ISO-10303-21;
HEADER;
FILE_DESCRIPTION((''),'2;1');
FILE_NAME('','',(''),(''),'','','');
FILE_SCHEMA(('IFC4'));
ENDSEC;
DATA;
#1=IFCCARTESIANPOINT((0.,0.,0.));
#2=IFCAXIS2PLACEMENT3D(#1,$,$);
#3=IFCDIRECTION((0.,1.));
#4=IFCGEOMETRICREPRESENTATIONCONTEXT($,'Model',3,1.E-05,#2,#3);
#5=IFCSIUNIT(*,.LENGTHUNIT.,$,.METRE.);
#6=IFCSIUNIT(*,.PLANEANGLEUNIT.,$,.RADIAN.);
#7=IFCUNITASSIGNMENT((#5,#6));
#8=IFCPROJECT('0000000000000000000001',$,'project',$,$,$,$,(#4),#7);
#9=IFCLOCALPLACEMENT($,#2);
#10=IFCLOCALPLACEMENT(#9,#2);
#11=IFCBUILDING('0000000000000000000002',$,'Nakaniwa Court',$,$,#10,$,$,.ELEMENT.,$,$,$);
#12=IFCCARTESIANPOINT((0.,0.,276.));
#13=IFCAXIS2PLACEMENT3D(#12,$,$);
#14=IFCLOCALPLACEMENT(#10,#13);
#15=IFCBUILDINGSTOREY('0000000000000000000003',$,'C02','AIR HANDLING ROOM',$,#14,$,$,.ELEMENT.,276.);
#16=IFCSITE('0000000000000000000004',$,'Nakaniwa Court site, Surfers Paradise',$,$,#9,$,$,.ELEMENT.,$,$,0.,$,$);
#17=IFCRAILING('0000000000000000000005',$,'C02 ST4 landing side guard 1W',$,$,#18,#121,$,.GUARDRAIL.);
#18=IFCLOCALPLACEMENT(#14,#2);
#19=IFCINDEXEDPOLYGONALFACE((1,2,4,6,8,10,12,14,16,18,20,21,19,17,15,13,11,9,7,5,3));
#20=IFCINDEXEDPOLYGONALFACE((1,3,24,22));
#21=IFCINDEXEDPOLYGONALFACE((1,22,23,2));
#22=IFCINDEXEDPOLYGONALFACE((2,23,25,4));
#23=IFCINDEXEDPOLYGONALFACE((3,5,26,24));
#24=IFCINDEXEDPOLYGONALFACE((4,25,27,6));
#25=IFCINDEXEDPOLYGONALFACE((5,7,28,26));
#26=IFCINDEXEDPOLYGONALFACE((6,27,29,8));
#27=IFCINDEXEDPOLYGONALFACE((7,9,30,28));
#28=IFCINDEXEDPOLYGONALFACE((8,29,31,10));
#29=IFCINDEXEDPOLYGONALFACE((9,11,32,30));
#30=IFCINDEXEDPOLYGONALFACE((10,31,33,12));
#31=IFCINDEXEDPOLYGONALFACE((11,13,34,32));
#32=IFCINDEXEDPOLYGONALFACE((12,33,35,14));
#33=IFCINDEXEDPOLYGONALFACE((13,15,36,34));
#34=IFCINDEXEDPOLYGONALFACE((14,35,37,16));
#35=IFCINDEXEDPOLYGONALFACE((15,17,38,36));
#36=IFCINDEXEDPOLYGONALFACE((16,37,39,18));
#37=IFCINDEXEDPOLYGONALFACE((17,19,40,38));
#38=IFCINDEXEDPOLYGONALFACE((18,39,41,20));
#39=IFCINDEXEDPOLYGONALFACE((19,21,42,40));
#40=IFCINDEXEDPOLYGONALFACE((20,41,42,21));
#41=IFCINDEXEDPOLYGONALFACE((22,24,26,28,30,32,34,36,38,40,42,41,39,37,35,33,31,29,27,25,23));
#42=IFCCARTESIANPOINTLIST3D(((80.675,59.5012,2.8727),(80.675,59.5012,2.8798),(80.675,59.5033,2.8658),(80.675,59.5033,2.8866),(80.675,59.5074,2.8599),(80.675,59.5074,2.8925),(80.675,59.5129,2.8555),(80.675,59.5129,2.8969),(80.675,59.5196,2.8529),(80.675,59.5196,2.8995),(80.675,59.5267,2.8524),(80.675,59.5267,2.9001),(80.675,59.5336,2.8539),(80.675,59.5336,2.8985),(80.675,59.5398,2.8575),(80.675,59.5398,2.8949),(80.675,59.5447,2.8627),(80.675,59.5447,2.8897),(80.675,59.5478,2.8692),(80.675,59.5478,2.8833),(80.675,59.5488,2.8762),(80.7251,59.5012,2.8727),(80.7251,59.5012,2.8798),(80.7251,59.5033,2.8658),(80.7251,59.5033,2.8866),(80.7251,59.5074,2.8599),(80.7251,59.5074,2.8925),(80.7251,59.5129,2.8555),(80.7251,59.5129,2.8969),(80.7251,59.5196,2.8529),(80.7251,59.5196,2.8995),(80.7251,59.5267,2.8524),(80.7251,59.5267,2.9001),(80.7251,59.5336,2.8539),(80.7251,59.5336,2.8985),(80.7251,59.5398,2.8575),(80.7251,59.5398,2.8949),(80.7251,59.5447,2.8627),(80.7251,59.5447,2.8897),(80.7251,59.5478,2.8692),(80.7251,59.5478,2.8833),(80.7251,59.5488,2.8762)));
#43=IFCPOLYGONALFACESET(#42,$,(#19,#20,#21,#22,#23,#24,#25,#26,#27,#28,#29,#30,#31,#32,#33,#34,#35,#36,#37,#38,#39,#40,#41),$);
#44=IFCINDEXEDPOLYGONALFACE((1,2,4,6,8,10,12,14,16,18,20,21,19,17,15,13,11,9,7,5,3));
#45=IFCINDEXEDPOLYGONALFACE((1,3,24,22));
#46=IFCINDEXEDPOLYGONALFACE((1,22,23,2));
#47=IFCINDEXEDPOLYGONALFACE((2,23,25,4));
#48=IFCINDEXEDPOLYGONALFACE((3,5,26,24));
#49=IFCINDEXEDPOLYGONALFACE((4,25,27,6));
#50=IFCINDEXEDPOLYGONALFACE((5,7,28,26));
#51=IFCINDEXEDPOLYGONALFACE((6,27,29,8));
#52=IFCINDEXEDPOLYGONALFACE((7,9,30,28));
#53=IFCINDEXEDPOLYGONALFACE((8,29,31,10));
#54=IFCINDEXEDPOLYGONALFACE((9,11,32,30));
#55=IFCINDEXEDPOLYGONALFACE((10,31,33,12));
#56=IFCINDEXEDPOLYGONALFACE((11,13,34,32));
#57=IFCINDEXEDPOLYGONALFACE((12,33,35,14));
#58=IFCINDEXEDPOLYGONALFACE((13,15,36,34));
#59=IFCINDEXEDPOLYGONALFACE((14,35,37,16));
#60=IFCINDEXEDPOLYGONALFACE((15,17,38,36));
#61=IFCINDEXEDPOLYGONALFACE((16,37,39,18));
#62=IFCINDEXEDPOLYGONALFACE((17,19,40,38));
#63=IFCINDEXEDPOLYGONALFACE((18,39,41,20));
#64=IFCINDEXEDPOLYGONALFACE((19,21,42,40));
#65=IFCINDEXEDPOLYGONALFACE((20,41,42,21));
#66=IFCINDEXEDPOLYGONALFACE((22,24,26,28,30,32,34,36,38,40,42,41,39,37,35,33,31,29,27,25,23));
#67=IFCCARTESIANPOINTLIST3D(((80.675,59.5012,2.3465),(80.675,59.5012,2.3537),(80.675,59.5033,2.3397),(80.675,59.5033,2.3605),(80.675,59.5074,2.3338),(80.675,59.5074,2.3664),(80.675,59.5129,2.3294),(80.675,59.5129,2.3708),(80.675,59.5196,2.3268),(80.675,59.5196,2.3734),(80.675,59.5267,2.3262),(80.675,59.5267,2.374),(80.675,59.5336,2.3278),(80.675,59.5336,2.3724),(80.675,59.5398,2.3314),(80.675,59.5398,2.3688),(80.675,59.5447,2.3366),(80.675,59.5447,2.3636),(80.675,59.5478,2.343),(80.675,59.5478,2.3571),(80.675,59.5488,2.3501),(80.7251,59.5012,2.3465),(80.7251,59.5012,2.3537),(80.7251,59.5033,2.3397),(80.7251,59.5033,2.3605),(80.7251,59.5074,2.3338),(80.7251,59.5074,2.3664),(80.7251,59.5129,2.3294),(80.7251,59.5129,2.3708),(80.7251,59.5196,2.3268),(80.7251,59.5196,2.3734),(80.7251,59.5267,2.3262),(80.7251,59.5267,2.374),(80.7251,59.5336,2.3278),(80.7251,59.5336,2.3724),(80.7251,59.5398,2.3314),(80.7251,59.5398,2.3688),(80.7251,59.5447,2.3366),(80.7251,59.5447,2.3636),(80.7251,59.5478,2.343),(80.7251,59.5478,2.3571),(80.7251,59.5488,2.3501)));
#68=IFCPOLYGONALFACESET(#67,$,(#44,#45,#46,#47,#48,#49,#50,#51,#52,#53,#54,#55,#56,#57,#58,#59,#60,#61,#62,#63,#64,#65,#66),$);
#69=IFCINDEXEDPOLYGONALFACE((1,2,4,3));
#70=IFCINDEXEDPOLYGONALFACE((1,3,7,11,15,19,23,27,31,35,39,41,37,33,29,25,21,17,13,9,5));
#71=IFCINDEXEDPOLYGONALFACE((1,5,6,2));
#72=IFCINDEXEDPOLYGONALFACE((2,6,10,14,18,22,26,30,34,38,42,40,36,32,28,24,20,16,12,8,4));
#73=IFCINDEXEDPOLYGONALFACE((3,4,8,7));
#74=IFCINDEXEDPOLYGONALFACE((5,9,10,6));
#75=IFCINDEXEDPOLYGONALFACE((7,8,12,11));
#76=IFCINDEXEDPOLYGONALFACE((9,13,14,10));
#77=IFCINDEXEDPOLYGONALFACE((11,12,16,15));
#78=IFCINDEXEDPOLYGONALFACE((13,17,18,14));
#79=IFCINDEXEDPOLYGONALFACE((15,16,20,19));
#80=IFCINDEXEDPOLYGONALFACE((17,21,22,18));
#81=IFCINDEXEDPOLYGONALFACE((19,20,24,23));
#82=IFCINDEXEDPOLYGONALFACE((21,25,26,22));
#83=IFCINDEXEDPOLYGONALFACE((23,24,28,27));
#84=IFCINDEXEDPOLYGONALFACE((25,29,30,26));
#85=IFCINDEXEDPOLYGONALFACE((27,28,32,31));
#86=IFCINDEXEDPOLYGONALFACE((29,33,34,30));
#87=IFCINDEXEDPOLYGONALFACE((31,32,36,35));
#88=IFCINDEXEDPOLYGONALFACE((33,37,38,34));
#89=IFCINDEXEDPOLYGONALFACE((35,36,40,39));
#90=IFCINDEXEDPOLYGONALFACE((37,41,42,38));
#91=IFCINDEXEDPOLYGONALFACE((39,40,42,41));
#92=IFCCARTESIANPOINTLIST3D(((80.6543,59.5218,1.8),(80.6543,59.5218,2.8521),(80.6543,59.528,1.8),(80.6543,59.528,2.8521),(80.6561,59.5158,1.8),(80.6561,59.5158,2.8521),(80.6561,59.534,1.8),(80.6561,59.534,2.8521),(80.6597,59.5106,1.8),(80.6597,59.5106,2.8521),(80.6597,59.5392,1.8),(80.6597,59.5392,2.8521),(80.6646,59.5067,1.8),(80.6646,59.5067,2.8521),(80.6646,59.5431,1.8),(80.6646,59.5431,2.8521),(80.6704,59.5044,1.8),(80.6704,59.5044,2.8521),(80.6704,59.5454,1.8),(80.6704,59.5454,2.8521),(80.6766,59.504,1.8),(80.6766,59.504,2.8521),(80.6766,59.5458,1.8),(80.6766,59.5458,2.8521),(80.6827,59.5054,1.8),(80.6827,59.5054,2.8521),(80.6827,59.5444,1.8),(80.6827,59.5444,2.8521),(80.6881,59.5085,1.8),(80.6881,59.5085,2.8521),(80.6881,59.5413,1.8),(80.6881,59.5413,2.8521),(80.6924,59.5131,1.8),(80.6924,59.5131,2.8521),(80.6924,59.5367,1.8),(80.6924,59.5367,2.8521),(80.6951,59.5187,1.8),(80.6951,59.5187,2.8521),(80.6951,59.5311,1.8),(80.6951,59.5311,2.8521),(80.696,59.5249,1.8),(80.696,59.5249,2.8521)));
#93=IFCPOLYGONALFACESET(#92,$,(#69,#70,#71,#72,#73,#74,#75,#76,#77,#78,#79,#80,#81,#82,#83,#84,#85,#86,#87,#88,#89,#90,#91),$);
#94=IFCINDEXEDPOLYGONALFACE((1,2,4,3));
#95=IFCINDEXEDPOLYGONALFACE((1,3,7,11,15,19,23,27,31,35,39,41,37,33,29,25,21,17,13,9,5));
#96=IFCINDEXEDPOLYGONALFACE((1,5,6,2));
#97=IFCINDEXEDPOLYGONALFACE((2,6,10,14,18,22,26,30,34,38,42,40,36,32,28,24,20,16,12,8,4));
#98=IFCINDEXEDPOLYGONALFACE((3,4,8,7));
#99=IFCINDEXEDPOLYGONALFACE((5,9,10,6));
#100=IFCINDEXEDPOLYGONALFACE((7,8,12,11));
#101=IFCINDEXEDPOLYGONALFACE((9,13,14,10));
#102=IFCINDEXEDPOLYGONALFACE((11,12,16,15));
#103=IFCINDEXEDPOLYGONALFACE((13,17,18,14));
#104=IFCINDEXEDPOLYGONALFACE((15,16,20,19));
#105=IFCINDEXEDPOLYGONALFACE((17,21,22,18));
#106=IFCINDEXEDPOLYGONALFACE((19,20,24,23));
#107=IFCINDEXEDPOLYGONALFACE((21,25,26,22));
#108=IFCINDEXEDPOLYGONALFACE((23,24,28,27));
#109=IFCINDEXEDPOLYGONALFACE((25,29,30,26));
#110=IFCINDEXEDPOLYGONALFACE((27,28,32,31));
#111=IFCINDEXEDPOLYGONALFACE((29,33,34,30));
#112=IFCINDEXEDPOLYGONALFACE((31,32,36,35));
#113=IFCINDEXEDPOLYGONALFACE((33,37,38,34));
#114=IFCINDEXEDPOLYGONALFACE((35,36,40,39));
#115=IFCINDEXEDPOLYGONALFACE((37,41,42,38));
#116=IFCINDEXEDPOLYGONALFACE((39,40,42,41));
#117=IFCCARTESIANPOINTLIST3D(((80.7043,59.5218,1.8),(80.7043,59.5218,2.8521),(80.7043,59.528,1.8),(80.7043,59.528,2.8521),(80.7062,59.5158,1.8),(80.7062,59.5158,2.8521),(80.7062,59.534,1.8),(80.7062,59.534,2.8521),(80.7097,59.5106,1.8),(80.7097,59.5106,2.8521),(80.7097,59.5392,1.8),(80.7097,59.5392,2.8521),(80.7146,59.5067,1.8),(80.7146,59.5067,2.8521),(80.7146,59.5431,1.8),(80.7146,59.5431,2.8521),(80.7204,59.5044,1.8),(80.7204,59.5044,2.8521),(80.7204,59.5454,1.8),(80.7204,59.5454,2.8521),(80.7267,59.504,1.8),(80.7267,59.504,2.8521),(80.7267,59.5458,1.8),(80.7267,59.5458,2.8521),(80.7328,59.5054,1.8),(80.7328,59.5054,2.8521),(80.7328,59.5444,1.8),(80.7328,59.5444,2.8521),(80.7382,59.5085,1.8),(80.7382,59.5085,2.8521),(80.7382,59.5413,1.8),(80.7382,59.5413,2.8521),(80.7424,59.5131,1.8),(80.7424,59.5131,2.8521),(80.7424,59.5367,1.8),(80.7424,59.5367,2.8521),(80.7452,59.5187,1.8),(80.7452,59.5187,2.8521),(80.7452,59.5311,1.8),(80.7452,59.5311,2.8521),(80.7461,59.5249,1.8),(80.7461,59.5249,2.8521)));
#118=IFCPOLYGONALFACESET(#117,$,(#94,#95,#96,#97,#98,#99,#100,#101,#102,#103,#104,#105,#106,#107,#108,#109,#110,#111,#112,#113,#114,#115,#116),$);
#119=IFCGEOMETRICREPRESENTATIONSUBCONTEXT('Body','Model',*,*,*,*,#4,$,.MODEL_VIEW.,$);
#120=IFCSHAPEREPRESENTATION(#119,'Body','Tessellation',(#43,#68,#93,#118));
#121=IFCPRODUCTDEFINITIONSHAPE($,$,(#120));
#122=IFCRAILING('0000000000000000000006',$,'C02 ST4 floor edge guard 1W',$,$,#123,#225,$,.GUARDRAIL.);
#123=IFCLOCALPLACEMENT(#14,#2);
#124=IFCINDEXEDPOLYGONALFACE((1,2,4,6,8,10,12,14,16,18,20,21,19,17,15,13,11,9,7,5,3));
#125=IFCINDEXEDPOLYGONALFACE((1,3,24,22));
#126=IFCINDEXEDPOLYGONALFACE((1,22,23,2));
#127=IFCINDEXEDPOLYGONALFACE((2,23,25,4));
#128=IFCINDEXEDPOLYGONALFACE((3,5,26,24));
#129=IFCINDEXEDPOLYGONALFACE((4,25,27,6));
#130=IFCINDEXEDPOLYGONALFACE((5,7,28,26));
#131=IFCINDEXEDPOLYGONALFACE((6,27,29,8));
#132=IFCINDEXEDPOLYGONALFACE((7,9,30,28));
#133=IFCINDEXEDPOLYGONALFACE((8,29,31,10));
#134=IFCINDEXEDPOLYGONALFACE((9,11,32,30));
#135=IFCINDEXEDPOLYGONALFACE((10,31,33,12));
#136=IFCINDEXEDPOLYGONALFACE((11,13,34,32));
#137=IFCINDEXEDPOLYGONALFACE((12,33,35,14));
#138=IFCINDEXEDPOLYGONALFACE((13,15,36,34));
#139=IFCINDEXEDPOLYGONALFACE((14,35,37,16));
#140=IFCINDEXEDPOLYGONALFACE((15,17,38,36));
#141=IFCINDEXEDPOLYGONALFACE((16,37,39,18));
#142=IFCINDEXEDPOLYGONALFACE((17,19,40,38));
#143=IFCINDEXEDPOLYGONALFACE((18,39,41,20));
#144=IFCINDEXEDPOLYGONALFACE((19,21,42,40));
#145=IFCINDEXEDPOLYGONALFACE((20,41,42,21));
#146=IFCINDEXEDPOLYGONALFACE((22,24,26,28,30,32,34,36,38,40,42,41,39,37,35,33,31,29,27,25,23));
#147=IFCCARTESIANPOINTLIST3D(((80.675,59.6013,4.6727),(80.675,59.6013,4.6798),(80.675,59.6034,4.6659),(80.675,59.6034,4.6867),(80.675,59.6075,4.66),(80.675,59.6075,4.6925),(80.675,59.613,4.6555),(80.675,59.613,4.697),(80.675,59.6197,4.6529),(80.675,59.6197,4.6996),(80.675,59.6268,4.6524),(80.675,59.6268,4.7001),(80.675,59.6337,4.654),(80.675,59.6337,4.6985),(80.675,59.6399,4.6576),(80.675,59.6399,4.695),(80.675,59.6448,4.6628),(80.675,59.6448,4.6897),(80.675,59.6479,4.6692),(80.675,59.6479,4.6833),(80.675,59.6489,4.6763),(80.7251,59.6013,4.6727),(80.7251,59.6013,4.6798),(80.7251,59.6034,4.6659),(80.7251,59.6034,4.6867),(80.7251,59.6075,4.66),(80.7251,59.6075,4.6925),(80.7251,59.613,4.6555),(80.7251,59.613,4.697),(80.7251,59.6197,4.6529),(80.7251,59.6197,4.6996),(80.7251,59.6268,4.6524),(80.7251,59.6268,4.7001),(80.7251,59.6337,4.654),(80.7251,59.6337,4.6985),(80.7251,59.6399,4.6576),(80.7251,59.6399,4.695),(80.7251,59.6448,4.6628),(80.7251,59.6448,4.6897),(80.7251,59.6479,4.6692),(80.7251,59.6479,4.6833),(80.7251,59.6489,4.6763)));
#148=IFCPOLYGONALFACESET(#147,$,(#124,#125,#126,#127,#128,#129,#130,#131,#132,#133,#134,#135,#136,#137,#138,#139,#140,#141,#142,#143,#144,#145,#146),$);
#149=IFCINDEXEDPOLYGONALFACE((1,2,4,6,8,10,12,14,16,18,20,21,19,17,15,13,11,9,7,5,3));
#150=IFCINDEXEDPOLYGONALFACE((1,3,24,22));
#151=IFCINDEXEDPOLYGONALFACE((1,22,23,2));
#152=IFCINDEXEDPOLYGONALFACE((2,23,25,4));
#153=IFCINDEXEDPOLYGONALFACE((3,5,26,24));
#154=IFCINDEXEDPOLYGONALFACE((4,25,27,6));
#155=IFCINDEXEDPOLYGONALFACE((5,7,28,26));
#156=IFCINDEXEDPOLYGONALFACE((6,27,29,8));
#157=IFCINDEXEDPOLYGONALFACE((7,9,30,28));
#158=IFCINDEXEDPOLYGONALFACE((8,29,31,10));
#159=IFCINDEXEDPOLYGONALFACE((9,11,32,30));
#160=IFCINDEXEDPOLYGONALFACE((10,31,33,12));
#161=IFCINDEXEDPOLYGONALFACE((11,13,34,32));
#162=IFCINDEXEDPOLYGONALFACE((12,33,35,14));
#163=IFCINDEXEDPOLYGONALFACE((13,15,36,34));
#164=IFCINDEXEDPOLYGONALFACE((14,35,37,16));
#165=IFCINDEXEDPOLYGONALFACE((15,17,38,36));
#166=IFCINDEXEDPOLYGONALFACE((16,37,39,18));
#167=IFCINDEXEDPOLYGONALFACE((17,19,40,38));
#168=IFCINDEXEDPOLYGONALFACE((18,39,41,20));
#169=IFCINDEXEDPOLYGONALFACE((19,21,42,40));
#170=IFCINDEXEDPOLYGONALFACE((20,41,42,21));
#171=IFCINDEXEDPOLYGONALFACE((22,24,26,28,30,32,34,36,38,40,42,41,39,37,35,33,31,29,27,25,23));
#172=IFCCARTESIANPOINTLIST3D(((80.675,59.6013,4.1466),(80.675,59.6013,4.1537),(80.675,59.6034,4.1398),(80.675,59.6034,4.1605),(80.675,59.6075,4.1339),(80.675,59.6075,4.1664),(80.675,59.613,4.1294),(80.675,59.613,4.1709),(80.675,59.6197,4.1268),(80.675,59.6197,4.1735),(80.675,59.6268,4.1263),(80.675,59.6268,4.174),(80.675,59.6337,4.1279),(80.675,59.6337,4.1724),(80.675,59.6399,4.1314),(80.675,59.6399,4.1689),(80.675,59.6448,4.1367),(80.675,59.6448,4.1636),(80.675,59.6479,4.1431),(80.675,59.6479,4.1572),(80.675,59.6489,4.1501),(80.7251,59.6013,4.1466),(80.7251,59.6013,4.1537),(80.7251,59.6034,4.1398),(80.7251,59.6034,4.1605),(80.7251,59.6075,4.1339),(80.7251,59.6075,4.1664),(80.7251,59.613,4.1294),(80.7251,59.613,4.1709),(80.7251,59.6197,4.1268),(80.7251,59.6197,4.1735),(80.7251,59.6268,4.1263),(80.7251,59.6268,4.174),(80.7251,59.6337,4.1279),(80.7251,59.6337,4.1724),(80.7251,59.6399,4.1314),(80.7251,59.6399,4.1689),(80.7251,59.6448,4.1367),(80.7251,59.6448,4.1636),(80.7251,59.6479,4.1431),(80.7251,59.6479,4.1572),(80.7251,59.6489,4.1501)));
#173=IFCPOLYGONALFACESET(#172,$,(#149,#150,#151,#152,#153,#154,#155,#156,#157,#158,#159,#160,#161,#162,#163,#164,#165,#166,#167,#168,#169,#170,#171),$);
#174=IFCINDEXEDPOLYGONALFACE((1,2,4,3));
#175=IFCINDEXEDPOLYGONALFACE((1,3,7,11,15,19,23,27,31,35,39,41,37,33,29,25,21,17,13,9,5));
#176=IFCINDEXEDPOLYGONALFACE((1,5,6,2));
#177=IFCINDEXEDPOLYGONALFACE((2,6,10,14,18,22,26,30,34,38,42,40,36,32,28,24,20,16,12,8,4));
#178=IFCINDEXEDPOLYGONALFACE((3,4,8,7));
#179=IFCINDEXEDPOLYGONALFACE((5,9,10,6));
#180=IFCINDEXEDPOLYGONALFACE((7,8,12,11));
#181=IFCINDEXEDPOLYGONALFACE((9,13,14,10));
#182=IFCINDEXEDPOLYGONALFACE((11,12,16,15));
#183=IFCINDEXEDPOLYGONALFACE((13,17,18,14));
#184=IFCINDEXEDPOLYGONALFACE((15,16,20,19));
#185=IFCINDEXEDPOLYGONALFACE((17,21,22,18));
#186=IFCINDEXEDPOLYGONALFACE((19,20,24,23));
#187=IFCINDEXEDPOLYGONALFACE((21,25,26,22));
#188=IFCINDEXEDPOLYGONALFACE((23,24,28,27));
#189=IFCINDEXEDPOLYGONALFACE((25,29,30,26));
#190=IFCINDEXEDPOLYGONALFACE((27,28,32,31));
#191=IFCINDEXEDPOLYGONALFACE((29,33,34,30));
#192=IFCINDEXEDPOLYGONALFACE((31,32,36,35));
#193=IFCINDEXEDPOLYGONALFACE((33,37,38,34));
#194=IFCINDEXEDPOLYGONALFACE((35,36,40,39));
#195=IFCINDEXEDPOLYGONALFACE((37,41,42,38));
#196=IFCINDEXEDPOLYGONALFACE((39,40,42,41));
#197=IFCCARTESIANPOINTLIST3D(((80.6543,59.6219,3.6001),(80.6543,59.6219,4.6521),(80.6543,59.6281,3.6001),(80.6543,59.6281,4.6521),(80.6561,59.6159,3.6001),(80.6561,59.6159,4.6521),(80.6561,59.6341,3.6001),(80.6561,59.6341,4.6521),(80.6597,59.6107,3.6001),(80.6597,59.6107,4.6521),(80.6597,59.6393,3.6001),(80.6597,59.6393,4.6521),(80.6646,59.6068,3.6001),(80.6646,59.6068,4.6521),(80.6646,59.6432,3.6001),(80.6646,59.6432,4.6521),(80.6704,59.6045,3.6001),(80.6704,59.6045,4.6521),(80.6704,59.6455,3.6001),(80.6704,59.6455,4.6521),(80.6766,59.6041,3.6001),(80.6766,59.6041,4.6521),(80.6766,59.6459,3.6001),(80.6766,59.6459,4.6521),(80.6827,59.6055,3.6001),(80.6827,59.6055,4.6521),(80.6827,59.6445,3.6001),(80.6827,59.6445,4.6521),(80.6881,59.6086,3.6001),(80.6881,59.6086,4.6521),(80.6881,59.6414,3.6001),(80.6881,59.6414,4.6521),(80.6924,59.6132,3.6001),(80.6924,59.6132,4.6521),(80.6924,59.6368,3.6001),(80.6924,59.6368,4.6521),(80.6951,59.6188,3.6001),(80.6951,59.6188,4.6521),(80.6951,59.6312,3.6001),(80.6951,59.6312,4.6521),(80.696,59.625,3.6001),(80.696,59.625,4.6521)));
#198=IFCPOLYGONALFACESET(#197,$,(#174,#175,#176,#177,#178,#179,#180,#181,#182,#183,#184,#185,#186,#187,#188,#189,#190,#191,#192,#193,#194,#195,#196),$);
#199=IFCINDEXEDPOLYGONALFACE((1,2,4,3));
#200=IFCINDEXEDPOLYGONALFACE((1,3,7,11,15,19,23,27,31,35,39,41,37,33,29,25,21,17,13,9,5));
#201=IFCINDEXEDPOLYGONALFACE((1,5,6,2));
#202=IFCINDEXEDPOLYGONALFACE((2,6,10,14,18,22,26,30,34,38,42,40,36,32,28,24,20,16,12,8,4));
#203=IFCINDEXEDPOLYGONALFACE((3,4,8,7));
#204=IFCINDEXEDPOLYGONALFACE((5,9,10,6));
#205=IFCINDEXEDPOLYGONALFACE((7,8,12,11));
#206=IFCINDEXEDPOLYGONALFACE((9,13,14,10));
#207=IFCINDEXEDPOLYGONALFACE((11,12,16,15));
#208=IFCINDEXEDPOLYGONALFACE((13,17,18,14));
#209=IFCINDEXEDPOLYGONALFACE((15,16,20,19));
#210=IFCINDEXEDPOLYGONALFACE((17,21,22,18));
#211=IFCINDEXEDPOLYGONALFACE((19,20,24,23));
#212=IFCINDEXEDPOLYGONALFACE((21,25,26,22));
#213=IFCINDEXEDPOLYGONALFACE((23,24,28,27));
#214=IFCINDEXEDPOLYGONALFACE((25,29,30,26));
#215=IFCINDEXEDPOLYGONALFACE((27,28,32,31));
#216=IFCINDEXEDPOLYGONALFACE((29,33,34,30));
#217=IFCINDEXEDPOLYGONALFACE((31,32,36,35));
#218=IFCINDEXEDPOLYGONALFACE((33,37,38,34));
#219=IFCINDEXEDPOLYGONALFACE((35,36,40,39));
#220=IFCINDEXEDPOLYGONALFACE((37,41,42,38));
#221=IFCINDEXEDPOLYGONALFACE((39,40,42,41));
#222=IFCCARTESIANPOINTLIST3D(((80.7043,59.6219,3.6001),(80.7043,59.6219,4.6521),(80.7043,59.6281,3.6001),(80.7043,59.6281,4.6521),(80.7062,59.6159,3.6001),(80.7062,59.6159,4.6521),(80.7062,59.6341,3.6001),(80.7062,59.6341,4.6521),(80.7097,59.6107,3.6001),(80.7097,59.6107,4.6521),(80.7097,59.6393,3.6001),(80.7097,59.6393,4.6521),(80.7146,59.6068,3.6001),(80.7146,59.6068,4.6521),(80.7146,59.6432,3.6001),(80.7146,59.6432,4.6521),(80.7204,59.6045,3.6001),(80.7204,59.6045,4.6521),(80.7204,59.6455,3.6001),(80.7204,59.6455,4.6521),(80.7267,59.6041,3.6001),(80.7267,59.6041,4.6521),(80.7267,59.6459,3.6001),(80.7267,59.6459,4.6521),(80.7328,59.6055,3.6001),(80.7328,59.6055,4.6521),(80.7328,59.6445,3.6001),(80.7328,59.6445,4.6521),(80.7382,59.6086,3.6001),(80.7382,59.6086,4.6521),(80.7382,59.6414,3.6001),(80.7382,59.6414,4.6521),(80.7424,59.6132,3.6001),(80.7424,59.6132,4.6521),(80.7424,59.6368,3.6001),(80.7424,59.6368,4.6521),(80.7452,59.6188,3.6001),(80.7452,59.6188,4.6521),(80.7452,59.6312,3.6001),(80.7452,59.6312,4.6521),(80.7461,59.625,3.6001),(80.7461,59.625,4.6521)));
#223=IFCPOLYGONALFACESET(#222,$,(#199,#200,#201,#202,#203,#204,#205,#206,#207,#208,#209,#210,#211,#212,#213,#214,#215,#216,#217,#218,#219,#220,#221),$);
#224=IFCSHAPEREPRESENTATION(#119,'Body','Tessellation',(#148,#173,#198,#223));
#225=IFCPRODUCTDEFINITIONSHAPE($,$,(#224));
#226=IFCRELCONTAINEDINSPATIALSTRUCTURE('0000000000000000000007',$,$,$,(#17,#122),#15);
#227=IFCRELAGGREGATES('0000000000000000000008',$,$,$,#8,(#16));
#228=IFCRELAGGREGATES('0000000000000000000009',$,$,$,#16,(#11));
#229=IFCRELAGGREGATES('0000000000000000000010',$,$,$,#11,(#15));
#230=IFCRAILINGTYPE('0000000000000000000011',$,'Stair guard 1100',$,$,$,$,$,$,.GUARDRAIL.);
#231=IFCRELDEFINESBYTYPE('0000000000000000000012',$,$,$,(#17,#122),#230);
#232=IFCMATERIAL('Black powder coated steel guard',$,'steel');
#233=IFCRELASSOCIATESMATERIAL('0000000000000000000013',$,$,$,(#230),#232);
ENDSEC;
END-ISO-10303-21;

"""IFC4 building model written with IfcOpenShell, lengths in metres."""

from ifc_helpers import new_model, si_unit, direction, frame, origin, origin_2d, place, context, subcontext, project, spatial, circle, extrude, material, type_object, element, save


model = new_model("IFC4")

# Units and contexts
model_context = context("Model", 3, precision=1e-05, world=origin(), true_north=direction((0.0, 1.0)))
body_context = subcontext(model_context, "Body", "Model", "MODEL_VIEW")
ifc_project = project(units=[si_unit("LENGTHUNIT", "METRE"), si_unit("PLANEANGLEUNIT", "RADIAN")], contexts=[model_context])

# Site, building, storey
site_placement = place(None, origin())
site = spatial("IfcSite", under=ifc_project, at=site_placement, Name="Nakaniwa Court site, Surfers Paradise", CompositionType="ELEMENT", RefElevation=0.0)
building_placement = place(site_placement, origin())
building = spatial("IfcBuilding", under=site, at=building_placement, Name="Nakaniwa Court", CompositionType="ELEMENT")
storey_placement = place(building_placement, frame((0.0, 0.0, 276.0)))
storey = spatial("IfcBuildingStorey", under=building, at=storey_placement, Name="C02", Description="AIR HANDLING ROOM", CompositionType="ELEMENT", Elevation=276.0)

# Railings
ifc_material_1 = material(Name="Black powder coated steel guard", Category="steel")
railing_type_1 = type_object("IfcRailingType", Name="Stair guard 1100", PredefinedType="GUARDRAIL", material=ifc_material_1)
for number, where, name in (
    (1, (80.675, 59.5249, 1.8), "C02 ST4 landing side guard 1W"),
    (2, (80.675, 59.625, 3.6001), "C02 ST4 floor edge guard 1W"),
):
    element("IfcRailing", number, at=place(storey_placement, frame(where)), inside=storey, type_object=railing_type_1, Name=name, PredefinedType="GUARDRAIL", context=body_context, shape_type="SweptSolid", body=[
        extrude(circle(Radius=0.0239, at=origin_2d()), frame((0.0, 0.0, 1.0762), z_axis=(1.0, 0.0, 0.0), x_axis=(0.0, 1.0, 0.0)), (0.0, 0.0, 1.0), 0.05),
        extrude(circle(Radius=0.0239, at=origin_2d()), frame((0.0, 0.0, 0.55), z_axis=(1.0, 0.0, 0.0), x_axis=(0.0, 1.0, 0.0)), (0.0, 0.0, 1.0), 0.05),
        extrude(circle(Radius=0.021, at=origin_2d()), origin(), (0.0, 0.0, 1.0), 1.052),
        extrude(circle(Radius=0.021, at=origin_2d()), frame((0.05, 0.0, 0.0)), (0.0, 0.0, 1.0), 1.052),
    ])

save(model, "model.ifc")
